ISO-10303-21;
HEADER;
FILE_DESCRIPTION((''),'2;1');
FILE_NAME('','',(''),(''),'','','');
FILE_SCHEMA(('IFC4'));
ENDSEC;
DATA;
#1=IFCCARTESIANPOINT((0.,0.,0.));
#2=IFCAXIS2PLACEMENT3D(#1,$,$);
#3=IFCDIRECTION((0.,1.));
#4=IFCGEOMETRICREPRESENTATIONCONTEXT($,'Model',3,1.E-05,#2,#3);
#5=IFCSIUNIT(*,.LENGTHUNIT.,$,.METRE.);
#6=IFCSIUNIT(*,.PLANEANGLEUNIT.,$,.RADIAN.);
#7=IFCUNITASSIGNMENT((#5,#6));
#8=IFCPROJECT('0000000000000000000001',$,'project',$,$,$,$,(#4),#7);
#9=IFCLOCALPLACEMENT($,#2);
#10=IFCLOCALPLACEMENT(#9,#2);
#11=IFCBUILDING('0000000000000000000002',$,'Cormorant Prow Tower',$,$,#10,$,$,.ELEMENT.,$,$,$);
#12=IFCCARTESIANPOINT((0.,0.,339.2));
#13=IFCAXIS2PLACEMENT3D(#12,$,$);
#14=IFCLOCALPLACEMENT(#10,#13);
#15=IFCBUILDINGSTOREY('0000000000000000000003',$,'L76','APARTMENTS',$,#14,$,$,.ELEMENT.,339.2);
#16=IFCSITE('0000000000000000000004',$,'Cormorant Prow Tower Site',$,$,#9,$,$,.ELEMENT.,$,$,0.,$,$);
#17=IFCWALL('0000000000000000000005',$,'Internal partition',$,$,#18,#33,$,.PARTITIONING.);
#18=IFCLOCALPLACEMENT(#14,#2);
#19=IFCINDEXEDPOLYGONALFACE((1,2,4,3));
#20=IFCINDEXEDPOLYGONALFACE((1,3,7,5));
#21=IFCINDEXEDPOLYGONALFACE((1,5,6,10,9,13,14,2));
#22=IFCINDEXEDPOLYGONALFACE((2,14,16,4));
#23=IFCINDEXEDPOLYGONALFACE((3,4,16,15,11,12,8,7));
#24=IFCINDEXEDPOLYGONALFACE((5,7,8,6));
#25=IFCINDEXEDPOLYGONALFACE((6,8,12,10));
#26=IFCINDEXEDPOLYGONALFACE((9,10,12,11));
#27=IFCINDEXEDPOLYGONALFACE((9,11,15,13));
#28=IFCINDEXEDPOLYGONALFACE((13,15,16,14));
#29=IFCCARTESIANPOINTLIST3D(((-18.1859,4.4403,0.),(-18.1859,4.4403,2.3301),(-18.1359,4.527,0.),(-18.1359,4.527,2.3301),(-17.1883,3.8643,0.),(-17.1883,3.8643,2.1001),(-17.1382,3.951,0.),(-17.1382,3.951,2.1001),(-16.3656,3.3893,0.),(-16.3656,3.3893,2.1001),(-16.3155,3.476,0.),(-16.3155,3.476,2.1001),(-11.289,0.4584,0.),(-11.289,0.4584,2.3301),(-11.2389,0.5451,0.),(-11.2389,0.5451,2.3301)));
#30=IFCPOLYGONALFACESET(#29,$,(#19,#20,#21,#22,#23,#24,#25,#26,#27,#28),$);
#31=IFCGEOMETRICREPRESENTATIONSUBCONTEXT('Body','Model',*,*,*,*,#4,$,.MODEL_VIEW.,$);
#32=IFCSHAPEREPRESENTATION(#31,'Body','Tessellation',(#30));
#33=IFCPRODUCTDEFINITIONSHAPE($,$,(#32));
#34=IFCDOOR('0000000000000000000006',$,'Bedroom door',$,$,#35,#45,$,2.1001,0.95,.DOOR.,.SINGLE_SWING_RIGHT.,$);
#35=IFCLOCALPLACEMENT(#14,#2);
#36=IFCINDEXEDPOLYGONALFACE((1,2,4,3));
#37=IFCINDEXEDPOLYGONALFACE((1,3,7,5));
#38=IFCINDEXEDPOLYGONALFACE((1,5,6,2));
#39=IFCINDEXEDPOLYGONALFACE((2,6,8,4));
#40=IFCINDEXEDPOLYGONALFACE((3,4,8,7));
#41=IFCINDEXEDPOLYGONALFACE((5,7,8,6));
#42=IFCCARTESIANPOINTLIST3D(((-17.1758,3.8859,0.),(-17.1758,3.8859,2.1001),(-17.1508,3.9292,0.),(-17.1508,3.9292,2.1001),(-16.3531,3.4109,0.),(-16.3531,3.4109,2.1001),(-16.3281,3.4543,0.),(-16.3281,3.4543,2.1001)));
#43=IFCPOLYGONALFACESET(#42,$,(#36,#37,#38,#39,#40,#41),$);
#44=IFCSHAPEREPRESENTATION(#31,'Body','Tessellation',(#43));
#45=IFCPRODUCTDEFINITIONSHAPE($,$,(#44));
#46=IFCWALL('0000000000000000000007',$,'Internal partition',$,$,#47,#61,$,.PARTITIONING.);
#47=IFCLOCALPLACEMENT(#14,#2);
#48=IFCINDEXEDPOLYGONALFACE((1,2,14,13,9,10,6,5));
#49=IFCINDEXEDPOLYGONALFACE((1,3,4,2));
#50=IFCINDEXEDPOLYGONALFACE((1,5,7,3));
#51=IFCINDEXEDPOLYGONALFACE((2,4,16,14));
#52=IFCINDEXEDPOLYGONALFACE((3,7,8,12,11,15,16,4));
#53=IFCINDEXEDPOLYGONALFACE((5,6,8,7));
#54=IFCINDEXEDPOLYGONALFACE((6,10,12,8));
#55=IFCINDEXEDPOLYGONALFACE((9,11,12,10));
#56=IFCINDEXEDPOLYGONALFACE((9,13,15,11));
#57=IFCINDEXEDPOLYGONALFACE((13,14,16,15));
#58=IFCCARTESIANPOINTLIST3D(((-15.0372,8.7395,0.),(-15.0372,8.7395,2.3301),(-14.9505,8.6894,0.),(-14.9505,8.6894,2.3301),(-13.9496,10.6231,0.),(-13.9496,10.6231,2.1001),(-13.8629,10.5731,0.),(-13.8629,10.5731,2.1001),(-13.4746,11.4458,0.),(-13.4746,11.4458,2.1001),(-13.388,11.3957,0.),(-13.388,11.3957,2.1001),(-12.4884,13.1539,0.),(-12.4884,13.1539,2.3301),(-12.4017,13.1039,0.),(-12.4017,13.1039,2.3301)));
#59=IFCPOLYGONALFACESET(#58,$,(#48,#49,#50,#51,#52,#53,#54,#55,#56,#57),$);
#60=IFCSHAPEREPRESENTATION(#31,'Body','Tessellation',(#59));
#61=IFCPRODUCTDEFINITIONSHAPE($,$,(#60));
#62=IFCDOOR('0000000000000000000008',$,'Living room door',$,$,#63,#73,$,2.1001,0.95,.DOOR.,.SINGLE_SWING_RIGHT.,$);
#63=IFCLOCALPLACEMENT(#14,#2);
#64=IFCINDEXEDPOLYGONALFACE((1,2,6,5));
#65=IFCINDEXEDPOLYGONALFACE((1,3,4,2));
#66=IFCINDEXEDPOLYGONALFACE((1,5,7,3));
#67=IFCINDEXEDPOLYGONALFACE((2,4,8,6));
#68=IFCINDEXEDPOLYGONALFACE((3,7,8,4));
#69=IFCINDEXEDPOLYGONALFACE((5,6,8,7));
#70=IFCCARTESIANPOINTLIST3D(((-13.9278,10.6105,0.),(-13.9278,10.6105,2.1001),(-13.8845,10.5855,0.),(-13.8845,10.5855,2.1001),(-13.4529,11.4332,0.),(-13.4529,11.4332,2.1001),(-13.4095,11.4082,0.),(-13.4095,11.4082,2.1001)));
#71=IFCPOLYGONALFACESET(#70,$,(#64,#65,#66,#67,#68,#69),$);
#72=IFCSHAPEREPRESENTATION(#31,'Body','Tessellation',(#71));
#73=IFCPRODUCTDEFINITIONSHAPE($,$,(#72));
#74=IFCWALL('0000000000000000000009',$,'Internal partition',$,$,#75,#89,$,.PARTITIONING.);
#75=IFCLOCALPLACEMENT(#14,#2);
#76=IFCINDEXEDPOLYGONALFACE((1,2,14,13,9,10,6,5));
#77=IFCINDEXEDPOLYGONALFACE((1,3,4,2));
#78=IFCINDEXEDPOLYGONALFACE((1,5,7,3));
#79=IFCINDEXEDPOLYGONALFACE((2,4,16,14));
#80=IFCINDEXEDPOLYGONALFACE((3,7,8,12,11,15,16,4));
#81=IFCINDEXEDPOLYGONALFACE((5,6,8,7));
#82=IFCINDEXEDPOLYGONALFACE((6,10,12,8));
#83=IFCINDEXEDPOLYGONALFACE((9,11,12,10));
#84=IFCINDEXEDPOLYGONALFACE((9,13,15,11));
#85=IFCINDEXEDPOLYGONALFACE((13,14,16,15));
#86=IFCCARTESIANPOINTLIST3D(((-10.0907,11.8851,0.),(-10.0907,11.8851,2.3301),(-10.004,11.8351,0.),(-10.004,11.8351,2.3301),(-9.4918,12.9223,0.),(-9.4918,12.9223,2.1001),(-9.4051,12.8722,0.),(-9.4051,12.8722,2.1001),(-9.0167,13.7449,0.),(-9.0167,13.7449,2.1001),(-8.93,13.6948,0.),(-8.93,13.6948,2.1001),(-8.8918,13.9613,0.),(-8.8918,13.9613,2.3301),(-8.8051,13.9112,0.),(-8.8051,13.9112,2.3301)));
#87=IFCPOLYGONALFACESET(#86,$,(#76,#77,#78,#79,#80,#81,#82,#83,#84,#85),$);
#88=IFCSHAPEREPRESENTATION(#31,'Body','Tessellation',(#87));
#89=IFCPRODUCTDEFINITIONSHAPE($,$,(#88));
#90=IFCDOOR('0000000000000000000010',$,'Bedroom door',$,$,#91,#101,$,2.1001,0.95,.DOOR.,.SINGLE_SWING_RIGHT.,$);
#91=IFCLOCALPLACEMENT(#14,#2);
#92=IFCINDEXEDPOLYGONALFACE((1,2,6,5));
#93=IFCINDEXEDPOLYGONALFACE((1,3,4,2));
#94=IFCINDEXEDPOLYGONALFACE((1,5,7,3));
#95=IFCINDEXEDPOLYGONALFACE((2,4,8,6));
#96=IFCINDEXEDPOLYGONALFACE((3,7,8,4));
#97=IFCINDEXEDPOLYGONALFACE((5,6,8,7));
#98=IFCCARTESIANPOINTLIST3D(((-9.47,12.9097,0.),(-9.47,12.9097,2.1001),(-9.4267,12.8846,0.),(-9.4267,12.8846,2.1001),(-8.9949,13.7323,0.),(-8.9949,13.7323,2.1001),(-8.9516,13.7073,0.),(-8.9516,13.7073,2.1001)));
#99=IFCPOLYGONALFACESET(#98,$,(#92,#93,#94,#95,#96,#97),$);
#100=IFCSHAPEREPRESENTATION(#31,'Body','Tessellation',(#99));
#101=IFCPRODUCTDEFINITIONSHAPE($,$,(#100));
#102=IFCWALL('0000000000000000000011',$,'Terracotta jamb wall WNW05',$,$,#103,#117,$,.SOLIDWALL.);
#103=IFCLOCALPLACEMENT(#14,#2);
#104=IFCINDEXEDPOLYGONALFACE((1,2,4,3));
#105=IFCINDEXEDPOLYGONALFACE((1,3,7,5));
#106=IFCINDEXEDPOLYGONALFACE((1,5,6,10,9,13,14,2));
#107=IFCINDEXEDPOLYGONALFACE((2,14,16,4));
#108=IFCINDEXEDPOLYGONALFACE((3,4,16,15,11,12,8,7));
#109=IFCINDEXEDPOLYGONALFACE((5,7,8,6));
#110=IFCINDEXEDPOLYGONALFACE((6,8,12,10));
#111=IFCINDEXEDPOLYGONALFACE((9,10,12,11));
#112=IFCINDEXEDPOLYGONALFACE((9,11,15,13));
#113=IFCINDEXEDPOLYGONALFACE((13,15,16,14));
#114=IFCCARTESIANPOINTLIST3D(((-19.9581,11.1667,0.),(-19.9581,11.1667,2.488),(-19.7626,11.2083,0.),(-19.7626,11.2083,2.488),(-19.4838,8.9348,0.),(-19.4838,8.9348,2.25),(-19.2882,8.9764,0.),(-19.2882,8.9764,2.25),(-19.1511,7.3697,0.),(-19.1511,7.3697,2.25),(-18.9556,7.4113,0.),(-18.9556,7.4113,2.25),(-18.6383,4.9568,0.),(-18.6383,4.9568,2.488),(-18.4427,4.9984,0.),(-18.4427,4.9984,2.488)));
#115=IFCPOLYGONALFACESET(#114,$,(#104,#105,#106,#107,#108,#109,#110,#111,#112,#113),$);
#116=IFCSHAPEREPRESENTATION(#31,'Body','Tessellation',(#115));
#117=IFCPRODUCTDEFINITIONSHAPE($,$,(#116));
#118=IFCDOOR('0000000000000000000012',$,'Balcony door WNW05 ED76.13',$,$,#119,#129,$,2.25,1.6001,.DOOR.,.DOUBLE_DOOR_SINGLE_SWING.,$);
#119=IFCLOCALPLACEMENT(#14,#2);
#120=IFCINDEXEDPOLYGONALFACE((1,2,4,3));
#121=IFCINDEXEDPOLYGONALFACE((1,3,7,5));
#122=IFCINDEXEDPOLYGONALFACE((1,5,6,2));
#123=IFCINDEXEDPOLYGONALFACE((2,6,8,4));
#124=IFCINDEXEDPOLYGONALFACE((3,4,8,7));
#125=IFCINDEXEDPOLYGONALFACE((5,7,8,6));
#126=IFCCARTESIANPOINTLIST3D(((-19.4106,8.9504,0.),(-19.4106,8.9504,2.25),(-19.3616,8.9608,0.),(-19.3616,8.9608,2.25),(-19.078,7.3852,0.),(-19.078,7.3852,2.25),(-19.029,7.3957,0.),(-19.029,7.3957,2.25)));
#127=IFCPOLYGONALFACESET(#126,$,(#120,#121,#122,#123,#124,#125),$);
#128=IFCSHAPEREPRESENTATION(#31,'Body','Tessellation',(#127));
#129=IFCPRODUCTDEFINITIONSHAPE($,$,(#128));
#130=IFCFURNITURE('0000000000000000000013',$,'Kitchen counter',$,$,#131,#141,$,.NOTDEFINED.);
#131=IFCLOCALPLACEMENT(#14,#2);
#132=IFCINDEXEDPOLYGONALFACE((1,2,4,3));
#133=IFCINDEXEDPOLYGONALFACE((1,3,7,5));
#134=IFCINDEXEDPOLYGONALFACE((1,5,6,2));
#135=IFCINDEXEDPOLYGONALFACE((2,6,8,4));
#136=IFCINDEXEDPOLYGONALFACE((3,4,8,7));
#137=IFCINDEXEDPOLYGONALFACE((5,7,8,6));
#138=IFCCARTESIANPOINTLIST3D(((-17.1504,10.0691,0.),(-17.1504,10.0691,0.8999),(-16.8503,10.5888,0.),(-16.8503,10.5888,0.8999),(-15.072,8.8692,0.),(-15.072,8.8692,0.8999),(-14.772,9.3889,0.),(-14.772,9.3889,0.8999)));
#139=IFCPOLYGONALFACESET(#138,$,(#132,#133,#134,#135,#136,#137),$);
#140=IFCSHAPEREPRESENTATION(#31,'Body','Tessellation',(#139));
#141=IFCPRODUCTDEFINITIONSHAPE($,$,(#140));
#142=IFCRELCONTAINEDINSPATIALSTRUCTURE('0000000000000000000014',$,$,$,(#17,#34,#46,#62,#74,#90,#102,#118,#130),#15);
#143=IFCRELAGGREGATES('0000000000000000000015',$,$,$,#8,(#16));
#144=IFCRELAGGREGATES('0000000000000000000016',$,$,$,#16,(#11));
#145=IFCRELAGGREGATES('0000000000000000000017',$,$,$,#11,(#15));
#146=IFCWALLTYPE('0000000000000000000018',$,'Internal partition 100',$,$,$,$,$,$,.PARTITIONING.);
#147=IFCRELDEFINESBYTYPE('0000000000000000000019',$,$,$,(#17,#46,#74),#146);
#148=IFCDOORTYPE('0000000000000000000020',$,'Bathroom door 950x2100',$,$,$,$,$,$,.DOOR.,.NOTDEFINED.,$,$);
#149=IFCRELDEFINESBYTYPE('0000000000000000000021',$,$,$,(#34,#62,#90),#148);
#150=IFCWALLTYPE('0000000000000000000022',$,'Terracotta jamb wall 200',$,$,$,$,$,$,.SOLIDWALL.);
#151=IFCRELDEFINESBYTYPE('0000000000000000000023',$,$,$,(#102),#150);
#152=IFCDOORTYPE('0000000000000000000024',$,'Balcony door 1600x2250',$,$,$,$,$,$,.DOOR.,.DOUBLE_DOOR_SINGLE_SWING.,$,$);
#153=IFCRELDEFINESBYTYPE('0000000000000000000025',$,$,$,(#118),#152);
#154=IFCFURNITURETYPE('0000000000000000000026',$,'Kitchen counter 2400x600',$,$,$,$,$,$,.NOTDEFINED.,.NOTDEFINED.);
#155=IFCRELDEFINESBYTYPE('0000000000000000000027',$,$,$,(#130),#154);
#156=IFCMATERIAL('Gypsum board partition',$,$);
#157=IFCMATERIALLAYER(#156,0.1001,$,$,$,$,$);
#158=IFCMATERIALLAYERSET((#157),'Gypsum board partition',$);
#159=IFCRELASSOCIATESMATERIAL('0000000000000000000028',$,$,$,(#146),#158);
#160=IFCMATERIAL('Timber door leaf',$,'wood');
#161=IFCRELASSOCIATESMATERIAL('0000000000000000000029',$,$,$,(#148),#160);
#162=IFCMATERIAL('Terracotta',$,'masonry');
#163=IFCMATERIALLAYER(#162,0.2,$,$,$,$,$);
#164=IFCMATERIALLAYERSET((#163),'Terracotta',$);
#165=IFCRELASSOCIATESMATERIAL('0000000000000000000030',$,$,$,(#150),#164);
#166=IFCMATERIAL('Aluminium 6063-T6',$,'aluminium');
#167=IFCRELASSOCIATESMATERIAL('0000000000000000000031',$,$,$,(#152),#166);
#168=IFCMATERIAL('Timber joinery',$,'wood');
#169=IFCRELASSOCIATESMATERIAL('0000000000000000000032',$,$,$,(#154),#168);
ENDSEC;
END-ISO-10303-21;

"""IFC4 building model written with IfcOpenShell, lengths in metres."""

from ifc_helpers import new_model, si_unit, direction, frame, frame_2d, origin, origin_2d, place, context, subcontext, project, spatial, rectangle, extrude, material, layer, layer_set, type_object, element, fill, save


model = new_model("IFC4")

# Units and contexts
model_context = context("Model", 3, precision=1e-05, world=origin(), true_north=direction((0.0, 1.0)))
body_context = subcontext(model_context, "Body", "Model", "MODEL_VIEW")
ifc_project = project(units=[si_unit("LENGTHUNIT", "METRE"), si_unit("PLANEANGLEUNIT", "RADIAN")], contexts=[model_context])

# Site, building, storey
site_placement = place(None, origin())
site = spatial("IfcSite", under=ifc_project, at=site_placement, Name="Cormorant Prow Tower Site", CompositionType="ELEMENT", RefElevation=0.0)
building_placement = place(site_placement, origin())
building = spatial("IfcBuilding", under=site, at=building_placement, Name="Cormorant Prow Tower", CompositionType="ELEMENT")
storey_placement = place(building_placement, frame((0.0, 0.0, 339.2)))
storey = spatial("IfcBuildingStorey", under=building, at=storey_placement, Name="L76", Description="APARTMENTS", CompositionType="ELEMENT", Elevation=339.2)

# Walls, openings, doors
ifc_material_1 = material(Name="Gypsum board partition")
ifc_layer_1 = layer(ifc_material_1, 0.1001)
ifc_layer_set_1 = layer_set([ifc_layer_1], Name="Gypsum board partition")
wall_type_1 = type_object("IfcWallType", Name="Internal partition 100", PredefinedType="PARTITIONING", material=ifc_layer_set_1)
ifc_material_2 = material(Name="Timber door leaf", Category="wood")
door_type_1 = type_object("IfcDoorType", Name="Bathroom door 950x2100", OperationType="NOTDEFINED", PredefinedType="DOOR", material=ifc_material_2)
wall_1_placement = place(storey_placement, frame((-18.1609, 4.4836, 0.0), z_axis=(0.0, 0.0, 1.0), x_axis=(0.866027, -0.499997, 0.0)))
wall_1 = element("IfcWall", 1, at=wall_1_placement, inside=storey, type_object=wall_type_1, Name="Internal partition", PredefinedType="PARTITIONING", context=body_context, shape_type="SweptSolid", body=[
    extrude(rectangle(XDim=7.9639, YDim=0.1001, at=frame_2d((3.9819, 0.0))), origin(), (0.0, 0.0, 1.0), 2.3301),
])
opening_1_placement = place(wall_1_placement, frame((1.1519, 0.0, 0.0)))
opening_1 = element("IfcOpeningElement", 2, at=opening_1_placement, cuts=wall_1, PredefinedType="OPENING", context=body_context, shape_type="SweptSolid", body=[
    extrude(rectangle(XDim=0.95, YDim=2.1001, at=frame_2d((0.4751, 1.05))), frame((0.0, 0.0601, 0.0), z_axis=(0.0, -1.0, 0.0), x_axis=(1.0, 0.0, 0.0)), (0.0, 0.0, 1.0), 0.1201),
])
door_1_placement = place(opening_1_placement, origin())
door_1 = element("IfcDoor", 3, at=door_1_placement, inside=storey, type_object=door_type_1, Name="Bedroom door", OperationType="SINGLE_SWING_RIGHT", OverallHeight=2.1001, OverallWidth=0.95, PredefinedType="DOOR", context=body_context, shape_type="SweptSolid", body=[
    extrude(rectangle(XDim=0.95, YDim=2.1001, at=frame_2d((0.4751, 1.05))), frame((0.0, 0.0249, 0.0), z_axis=(0.0, -1.0, 0.0), x_axis=(1.0, 0.0, 0.0)), (0.0, 0.0, 1.0), 0.05),
])
fill(opening_1, door_1)
wall_2_placement = place(storey_placement, frame((-14.9939, 8.7144, 0.0), z_axis=(0.0, 0.0, 1.0), x_axis=(0.500013, 0.866018, 0.0)))
wall_2 = element("IfcWall", 4, at=wall_2_placement, inside=storey, type_object=wall_type_1, Name="Internal partition", PredefinedType="PARTITIONING", context=body_context, shape_type="SweptSolid", body=[
    extrude(rectangle(XDim=5.0974, YDim=0.1001, at=frame_2d((2.5488, 0.0))), origin(), (0.0, 0.0, 1.0), 2.3301),
])
opening_2_placement = place(wall_2_placement, frame((2.175, 0.0, 0.0)))
opening_2 = element("IfcOpeningElement", 5, at=opening_2_placement, cuts=wall_2, PredefinedType="OPENING", context=body_context, shape_type="SweptSolid", body=[
    extrude(rectangle(XDim=0.95, YDim=2.1001, at=frame_2d((0.4751, 1.05))), frame((0.0, 0.0601, 0.0), z_axis=(0.0, -1.0, 0.0), x_axis=(1.0, 0.0, 0.0)), (0.0, 0.0, 1.0), 0.1201),
])
door_2_placement = place(opening_2_placement, origin())
door_2 = element("IfcDoor", 6, at=door_2_placement, inside=storey, type_object=door_type_1, Name="Living room door", OperationType="SINGLE_SWING_RIGHT", OverallHeight=2.1001, OverallWidth=0.95, PredefinedType="DOOR", context=body_context, shape_type="SweptSolid", body=[
    extrude(rectangle(XDim=0.95, YDim=2.1001, at=frame_2d((0.4751, 1.05))), frame((0.0, 0.0249, 0.0), z_axis=(0.0, -1.0, 0.0), x_axis=(1.0, 0.0, 0.0)), (0.0, 0.0, 1.0), 0.05),
])
fill(opening_2, door_2)
wall_3_placement = place(storey_placement, frame((-10.0474, 11.8601, 0.0), z_axis=(0.0, 0.0, 1.0), x_axis=(0.500093, 0.865972, 0.0)))
wall_3 = element("IfcWall", 7, at=wall_3_placement, inside=storey, type_object=wall_type_1, Name="Internal partition", PredefinedType="PARTITIONING", context=body_context, shape_type="SweptSolid", body=[
    extrude(rectangle(XDim=2.3975, YDim=0.1001, at=frame_2d((1.1987, 0.0))), origin(), (0.0, 0.0, 1.0), 2.3301),
])
opening_3_placement = place(wall_3_placement, frame((1.1975, 0.0, 0.0)))
opening_3 = element("IfcOpeningElement", 8, at=opening_3_placement, cuts=wall_3, PredefinedType="OPENING", context=body_context, shape_type="SweptSolid", body=[
    extrude(rectangle(XDim=0.95, YDim=2.1001, at=frame_2d((0.4751, 1.05))), frame((0.0, 0.0601, 0.0), z_axis=(0.0, -1.0, 0.0), x_axis=(1.0, 0.0, 0.0)), (0.0, 0.0, 1.0), 0.1201),
])
door_3_placement = place(opening_3_placement, origin())
door_3 = element("IfcDoor", 9, at=door_3_placement, inside=storey, type_object=door_type_1, Name="Bedroom door", OperationType="SINGLE_SWING_RIGHT", OverallHeight=2.1001, OverallWidth=0.95, PredefinedType="DOOR", context=body_context, shape_type="SweptSolid", body=[
    extrude(rectangle(XDim=0.95, YDim=2.1001, at=frame_2d((0.4751, 1.05))), frame((0.0, 0.0249, 0.0), z_axis=(0.0, -1.0, 0.0), x_axis=(1.0, 0.0, 0.0)), (0.0, 0.0, 1.0), 0.05),
])
fill(opening_3, door_3)
ifc_material_3 = material(Name="Terracotta", Category="masonry")
ifc_layer_2 = layer(ifc_material_3, 0.2)
ifc_layer_set_2 = layer_set([ifc_layer_2], Name="Terracotta")
wall_type_2 = type_object("IfcWallType", Name="Terracotta jamb wall 200", PredefinedType="SOLIDWALL", material=ifc_layer_set_2)
wall_4_placement = place(storey_placement, frame((-19.8604, 11.1875, 0.0), z_axis=(0.0, 0.0, 1.0), x_axis=(0.20789, -0.978152, 0.0)))
wall_4 = element("IfcWall", 10, at=wall_4_placement, inside=storey, type_object=wall_type_2, Name="Terracotta jamb wall WNW05", PredefinedType="SOLIDWALL", context=body_context, shape_type="SweptSolid", body=[
    extrude(rectangle(XDim=6.3486, YDim=0.2, at=frame_2d((3.1743, 0.0))), origin(), (0.0, 0.0, 1.0), 2.488),
])
opening_4_placement = place(wall_4_placement, frame((2.2817, 0.0, 0.0)))
opening_4 = element("IfcOpeningElement", 11, at=opening_4_placement, cuts=wall_4, PredefinedType="OPENING", context=body_context, shape_type="SweptSolid", body=[
    extrude(rectangle(XDim=1.6001, YDim=2.25, at=frame_2d((0.8, 1.125))), frame((0.0, 0.1099, 0.0), z_axis=(0.0, -1.0, 0.0), x_axis=(1.0, 0.0, 0.0)), (0.0, 0.0, 1.0), 0.22),
])
ifc_material_4 = material(Name="Aluminium 6063-T6", Category="aluminium")
door_type_2 = type_object("IfcDoorType", Name="Balcony door 1600x2250", OperationType="DOUBLE_DOOR_SINGLE_SWING", PredefinedType="DOOR", material=ifc_material_4)
door_4_placement = place(opening_4_placement, origin())
door_4 = element("IfcDoor", 12, at=door_4_placement, inside=storey, type_object=door_type_2, Name="Balcony door WNW05 ED76.13", OperationType="DOUBLE_DOOR_SINGLE_SWING", OverallHeight=2.25, OverallWidth=1.6001, PredefinedType="DOOR", context=body_context, shape_type="SweptSolid", body=[
    extrude(rectangle(XDim=1.6001, YDim=2.25, at=frame_2d((0.8, 1.125))), frame((0.0, 0.0249, 0.0), z_axis=(0.0, -1.0, 0.0), x_axis=(1.0, 0.0, 0.0)), (0.0, 0.0, 1.0), 0.05),
])
fill(opening_4, door_4)

# Furniture
ifc_material_5 = material(Name="Timber joinery", Category="wood")
furniture_type = type_object("IfcFurnitureType", Name="Kitchen counter 2400x600", AssemblyPlace="NOTDEFINED", PredefinedType="NOTDEFINED", material=ifc_material_5)
furniture_placement = place(storey_placement, frame((-15.9612, 9.729, 0.0), z_axis=(0.0, 0.0, 1.0), x_axis=(-0.866025, 0.5, 0.0)))
element("IfcFurniture", 13, at=furniture_placement, inside=storey, type_object=furniture_type, Name="Kitchen counter", PredefinedType="NOTDEFINED", context=body_context, shape_type="SweptSolid", body=[
    extrude(rectangle(XDim=2.3999, YDim=0.6001, at=origin_2d()), origin(), (0.0, 0.0, 1.0), 0.8999),
])

save(model, "model.ifc")
